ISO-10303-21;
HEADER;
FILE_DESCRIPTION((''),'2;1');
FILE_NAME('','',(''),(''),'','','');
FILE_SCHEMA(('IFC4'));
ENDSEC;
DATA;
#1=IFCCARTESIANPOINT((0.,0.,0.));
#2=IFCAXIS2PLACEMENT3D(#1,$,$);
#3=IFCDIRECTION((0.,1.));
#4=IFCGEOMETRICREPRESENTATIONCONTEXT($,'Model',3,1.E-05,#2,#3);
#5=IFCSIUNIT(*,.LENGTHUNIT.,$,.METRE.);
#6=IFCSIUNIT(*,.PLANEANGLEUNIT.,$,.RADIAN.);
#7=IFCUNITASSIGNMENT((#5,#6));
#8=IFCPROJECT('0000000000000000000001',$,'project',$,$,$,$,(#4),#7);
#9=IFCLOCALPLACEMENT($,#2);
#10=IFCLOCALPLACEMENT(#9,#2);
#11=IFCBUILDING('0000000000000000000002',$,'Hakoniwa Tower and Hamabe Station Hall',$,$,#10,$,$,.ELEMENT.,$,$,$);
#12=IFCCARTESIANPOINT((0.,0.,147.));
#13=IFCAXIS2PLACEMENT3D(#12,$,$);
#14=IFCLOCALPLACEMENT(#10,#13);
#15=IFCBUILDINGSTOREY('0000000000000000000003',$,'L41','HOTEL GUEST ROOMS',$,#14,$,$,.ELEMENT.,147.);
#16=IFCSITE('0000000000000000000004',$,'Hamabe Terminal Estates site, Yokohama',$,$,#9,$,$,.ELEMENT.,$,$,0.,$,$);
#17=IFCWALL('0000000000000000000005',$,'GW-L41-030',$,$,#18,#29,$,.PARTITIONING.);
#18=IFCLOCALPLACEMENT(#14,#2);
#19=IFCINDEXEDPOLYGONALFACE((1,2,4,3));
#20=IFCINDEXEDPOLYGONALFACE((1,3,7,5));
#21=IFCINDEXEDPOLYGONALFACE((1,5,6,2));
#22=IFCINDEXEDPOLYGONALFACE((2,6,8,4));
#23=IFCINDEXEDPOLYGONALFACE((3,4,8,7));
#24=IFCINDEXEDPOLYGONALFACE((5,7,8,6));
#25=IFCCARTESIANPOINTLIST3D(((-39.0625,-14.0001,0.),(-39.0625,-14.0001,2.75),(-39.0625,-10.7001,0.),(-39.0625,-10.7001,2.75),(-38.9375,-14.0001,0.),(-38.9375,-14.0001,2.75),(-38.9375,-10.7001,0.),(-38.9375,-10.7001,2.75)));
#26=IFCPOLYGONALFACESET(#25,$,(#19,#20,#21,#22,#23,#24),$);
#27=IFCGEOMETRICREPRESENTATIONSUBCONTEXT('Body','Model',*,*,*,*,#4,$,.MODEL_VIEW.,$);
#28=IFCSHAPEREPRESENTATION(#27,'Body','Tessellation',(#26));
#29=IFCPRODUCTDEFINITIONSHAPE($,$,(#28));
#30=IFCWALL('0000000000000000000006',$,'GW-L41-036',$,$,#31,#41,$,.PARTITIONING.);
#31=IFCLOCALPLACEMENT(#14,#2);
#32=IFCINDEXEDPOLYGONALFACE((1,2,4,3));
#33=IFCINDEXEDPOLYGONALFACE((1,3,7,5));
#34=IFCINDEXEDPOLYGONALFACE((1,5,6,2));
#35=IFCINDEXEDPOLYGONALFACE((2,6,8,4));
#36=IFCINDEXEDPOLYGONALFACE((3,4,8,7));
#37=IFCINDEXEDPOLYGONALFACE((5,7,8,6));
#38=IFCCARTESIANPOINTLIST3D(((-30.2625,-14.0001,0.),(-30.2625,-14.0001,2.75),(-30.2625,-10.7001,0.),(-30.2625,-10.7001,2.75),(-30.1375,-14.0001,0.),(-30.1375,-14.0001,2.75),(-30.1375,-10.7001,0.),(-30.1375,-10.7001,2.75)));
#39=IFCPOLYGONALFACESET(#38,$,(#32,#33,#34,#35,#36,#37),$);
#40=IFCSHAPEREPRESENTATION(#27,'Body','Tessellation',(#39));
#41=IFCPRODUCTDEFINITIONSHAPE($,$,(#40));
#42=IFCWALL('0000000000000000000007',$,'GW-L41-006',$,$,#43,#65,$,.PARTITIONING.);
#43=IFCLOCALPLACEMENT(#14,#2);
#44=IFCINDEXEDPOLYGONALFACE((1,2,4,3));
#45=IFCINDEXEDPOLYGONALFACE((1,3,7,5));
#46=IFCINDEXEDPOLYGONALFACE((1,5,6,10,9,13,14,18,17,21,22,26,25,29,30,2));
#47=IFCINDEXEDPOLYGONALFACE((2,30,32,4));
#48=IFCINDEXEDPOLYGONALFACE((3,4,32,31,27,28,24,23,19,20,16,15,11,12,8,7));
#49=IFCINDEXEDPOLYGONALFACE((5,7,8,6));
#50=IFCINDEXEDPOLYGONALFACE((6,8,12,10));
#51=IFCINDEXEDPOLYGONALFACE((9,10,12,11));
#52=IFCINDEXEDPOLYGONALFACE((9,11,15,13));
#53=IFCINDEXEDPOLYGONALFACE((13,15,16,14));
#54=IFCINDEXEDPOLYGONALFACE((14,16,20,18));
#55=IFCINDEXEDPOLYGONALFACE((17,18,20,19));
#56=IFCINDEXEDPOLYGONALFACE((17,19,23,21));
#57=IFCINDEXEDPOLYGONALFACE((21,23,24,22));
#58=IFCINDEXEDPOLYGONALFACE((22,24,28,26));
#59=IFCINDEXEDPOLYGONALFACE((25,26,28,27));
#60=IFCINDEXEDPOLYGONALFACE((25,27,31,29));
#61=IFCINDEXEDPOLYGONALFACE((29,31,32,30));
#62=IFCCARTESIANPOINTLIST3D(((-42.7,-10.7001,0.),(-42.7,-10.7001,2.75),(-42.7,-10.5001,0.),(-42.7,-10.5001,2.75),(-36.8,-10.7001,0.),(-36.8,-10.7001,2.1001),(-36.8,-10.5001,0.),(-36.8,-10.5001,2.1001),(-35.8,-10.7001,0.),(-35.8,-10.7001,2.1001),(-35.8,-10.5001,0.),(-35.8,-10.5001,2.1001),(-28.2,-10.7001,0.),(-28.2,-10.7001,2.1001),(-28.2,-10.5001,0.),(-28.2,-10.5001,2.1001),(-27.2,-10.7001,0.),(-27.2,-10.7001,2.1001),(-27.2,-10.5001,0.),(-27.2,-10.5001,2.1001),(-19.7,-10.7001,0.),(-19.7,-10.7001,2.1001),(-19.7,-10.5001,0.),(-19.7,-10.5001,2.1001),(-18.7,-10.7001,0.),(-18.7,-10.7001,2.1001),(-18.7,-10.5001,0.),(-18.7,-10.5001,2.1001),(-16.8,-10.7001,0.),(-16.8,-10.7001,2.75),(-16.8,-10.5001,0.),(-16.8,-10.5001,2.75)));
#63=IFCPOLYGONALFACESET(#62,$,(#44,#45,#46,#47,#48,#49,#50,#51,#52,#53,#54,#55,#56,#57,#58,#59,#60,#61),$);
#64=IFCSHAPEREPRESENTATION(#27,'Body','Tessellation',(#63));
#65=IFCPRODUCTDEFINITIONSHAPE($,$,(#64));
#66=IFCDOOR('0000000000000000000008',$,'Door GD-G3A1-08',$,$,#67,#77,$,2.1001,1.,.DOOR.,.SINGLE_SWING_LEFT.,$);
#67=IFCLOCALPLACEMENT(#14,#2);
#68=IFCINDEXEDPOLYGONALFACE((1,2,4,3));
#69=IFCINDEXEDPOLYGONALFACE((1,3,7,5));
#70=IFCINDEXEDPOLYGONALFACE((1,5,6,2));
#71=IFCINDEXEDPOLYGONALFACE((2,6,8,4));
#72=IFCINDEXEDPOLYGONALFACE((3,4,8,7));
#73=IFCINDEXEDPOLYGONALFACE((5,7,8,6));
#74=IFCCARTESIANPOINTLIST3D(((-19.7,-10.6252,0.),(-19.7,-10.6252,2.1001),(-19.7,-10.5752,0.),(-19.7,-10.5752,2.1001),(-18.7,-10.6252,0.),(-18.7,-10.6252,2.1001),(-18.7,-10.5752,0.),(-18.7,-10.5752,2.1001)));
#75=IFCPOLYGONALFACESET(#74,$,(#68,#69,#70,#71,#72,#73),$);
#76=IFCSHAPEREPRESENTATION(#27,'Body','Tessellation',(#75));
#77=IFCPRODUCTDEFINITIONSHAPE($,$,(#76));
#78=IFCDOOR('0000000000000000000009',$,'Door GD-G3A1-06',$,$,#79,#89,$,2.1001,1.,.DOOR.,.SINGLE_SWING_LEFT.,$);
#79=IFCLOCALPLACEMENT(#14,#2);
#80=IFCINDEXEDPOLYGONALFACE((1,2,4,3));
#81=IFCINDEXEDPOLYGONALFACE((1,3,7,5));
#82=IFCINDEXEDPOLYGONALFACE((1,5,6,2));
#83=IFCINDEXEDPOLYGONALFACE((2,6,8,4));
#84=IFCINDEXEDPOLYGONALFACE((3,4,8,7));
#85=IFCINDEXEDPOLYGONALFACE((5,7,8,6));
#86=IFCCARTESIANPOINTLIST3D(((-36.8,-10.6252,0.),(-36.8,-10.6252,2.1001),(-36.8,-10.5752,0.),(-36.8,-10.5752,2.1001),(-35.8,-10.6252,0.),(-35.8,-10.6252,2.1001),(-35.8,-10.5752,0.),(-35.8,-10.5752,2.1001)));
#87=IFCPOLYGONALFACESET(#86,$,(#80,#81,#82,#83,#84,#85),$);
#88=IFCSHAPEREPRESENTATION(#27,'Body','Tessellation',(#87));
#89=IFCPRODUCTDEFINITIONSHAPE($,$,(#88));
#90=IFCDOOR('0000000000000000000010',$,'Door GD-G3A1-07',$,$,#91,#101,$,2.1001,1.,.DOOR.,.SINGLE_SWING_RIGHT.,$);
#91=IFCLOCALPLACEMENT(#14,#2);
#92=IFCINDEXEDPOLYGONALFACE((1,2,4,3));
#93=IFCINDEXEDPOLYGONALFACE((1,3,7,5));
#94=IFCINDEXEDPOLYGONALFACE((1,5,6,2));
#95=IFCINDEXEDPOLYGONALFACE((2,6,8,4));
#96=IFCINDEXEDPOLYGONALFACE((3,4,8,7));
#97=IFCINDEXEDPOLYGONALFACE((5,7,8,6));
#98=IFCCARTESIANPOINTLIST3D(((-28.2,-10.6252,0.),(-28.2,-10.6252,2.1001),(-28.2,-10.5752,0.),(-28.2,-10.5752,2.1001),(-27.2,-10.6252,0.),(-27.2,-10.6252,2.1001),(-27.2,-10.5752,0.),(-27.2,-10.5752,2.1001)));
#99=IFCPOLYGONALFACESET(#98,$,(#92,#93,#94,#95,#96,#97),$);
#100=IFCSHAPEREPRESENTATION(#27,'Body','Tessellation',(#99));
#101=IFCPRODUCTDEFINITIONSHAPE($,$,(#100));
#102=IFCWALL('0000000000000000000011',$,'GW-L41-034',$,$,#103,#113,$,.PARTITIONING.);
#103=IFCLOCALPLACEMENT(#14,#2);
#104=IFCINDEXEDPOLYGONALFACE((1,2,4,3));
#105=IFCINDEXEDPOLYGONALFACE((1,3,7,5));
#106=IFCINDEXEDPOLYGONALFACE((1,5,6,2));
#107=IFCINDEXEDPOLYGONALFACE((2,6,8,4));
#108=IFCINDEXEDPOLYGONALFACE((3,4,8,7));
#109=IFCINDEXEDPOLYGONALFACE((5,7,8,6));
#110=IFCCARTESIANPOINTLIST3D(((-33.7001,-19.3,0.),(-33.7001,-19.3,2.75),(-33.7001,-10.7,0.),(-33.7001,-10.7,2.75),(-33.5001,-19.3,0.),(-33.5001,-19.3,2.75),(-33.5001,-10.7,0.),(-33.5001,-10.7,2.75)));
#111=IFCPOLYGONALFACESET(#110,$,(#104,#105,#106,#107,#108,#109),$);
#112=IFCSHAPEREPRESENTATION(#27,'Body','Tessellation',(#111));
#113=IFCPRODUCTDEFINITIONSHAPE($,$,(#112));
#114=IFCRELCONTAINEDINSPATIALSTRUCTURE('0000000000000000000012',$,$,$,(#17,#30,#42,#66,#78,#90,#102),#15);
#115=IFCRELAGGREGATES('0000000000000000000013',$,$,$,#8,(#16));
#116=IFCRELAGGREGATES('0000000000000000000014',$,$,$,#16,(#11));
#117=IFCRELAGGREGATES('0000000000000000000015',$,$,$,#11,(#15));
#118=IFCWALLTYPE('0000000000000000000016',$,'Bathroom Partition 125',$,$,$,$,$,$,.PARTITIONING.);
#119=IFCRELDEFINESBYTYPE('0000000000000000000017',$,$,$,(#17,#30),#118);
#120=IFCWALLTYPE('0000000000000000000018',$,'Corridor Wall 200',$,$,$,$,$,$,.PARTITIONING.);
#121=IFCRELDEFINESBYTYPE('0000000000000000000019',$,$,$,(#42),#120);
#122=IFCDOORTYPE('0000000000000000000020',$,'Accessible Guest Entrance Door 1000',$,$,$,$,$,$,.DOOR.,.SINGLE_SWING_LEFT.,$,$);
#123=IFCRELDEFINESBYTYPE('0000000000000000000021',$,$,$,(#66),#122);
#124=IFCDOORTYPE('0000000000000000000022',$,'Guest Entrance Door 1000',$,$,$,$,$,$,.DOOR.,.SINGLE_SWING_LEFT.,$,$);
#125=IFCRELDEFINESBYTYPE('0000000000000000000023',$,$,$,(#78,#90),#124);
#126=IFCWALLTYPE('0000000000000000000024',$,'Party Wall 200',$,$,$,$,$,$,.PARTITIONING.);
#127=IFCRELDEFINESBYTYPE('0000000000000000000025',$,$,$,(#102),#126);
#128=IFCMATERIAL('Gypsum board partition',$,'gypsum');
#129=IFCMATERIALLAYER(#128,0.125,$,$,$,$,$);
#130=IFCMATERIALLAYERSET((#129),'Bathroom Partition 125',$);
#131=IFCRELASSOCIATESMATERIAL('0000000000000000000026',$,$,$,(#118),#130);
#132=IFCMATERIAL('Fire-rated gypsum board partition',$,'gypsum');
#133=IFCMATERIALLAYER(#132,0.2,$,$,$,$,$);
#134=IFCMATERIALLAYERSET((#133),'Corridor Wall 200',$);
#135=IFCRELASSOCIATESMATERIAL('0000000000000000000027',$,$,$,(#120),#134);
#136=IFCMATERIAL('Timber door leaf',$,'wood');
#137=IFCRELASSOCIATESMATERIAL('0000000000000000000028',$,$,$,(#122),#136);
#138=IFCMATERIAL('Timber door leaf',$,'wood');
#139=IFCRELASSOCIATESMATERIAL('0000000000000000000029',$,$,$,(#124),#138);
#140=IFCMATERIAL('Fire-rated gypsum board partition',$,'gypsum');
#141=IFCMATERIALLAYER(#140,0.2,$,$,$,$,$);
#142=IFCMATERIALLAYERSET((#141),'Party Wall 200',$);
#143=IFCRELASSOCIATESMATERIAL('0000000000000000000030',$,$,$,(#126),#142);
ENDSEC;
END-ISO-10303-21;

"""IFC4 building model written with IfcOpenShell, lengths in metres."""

from ifc_helpers import new_model, si_unit, direction, frame, frame_2d, origin, place, context, subcontext, project, spatial, rectangle, extrude, material, layer, layer_set, type_object, element, fill, save


model = new_model("IFC4")

# Units and contexts
model_context = context("Model", 3, precision=1e-05, world=origin(), true_north=direction((0.0, 1.0)))
body_context = subcontext(model_context, "Body", "Model", "MODEL_VIEW")
ifc_project = project(units=[si_unit("LENGTHUNIT", "METRE"), si_unit("PLANEANGLEUNIT", "RADIAN")], contexts=[model_context])

# Site, building, storey
site_placement = place(None, origin())
site = spatial("IfcSite", under=ifc_project, at=site_placement, Name="Hamabe Terminal Estates site, Yokohama", CompositionType="ELEMENT", RefElevation=0.0)
building_placement = place(site_placement, origin())
building = spatial("IfcBuilding", under=site, at=building_placement, Name="Hakoniwa Tower and Hamabe Station Hall", CompositionType="ELEMENT")
storey_placement = place(building_placement, frame((0.0, 0.0, 147.0)))
storey = spatial("IfcBuildingStorey", under=building, at=storey_placement, Name="L41", Description="HOTEL GUEST ROOMS", CompositionType="ELEMENT", Elevation=147.0)

# Shared definitions
ifc_material_1 = material(Name="Gypsum board partition", Category="gypsum")
ifc_layer_1 = layer(ifc_material_1, 0.125)
ifc_layer_set_1 = layer_set([ifc_layer_1], Name="Bathroom Partition 125")
wall_type_1 = type_object("IfcWallType", Name="Bathroom Partition 125", PredefinedType="PARTITIONING", material=ifc_layer_set_1)

# Walls
for number, where, z_axis, x_axis, name in (
    (1, (-39.0, -14.0, 0.0), (0.0, 0.0, 1.0), (0.0, 1.0, 0.0), "GW-L41-030"),
    (2, (-30.2, -14.0, 0.0), (0.0, 0.0, 1.0), (0.0, 1.0, 0.0), "GW-L41-036"),
):
    element("IfcWall", number, at=place(storey_placement, frame(where, z_axis=z_axis, x_axis=x_axis)), inside=storey, type_object=wall_type_1, Name=name, PredefinedType="PARTITIONING", context=body_context, shape_type="SweptSolid", body=[
        extrude(rectangle(XDim=3.3, YDim=0.125, at=frame_2d((1.6499, 0.0))), origin(), (0.0, 0.0, 1.0), 2.75),
    ])

# Wall, openings, doors
ifc_material_2 = material(Name="Fire-rated gypsum board partition", Category="gypsum")
ifc_layer_2 = layer(ifc_material_2, 0.2)
ifc_layer_set_2 = layer_set([ifc_layer_2], Name="Corridor Wall 200")
wall_type_2 = type_object("IfcWallType", Name="Corridor Wall 200", PredefinedType="PARTITIONING", material=ifc_layer_set_2)
wall_1_placement = place(storey_placement, frame((-42.7, -10.6001, 0.0), z_axis=(0.0, 0.0, 1.0), x_axis=(1.0, 0.0, 0.0)))
wall_1 = element("IfcWall", 3, at=wall_1_placement, inside=storey, type_object=wall_type_2, Name="GW-L41-006", PredefinedType="PARTITIONING", context=body_context, shape_type="SweptSolid", body=[
    extrude(rectangle(XDim=25.8999, YDim=0.2, at=frame_2d((12.95, 0.0))), origin(), (0.0, 0.0, 1.0), 2.75),
])
opening_1_placement = place(wall_1_placement, frame((5.8999, 0.0, 0.0)))
opening_1 = element("IfcOpeningElement", 4, at=opening_1_placement, cuts=wall_1, PredefinedType="OPENING", context=body_context, shape_type="SweptSolid", body=[
    extrude(rectangle(XDim=1.0, YDim=2.1001, at=frame_2d((0.5, 1.05))), frame((0.0, 0.1099, 0.0), z_axis=(0.0, -1.0, 0.0), x_axis=(1.0, 0.0, 0.0)), (0.0, 0.0, 1.0), 0.22),
])
opening_2_placement = place(wall_1_placement, frame((14.5, 0.0, 0.0)))
opening_2 = element("IfcOpeningElement", 5, at=opening_2_placement, cuts=wall_1, PredefinedType="OPENING", context=body_context, shape_type="SweptSolid", body=[
    extrude(rectangle(XDim=1.0, YDim=2.1001, at=frame_2d((0.5, 1.05))), frame((0.0, 0.1099, 0.0), z_axis=(0.0, -1.0, 0.0), x_axis=(1.0, 0.0, 0.0)), (0.0, 0.0, 1.0), 0.22),
])
opening_3_placement = place(wall_1_placement, frame((23.0, 0.0, 0.0)))
opening_3 = element("IfcOpeningElement", 6, at=opening_3_placement, cuts=wall_1, PredefinedType="OPENING", context=body_context, shape_type="SweptSolid", body=[
    extrude(rectangle(XDim=1.0, YDim=2.1001, at=frame_2d((0.5, 1.05))), frame((0.0, 0.1099, 0.0), z_axis=(0.0, -1.0, 0.0), x_axis=(1.0, 0.0, 0.0)), (0.0, 0.0, 1.0), 0.22),
])
ifc_material_3 = material(Name="Timber door leaf", Category="wood")
door_type_1 = type_object("IfcDoorType", Name="Accessible Guest Entrance Door 1000", OperationType="SINGLE_SWING_LEFT", PredefinedType="DOOR", material=ifc_material_3)
door_1_placement = place(opening_3_placement, origin())
door_1 = element("IfcDoor", 7, at=door_1_placement, inside=storey, type_object=door_type_1, Name="Door GD-G3A1-08", OperationType="SINGLE_SWING_LEFT", OverallHeight=2.1001, OverallWidth=1.0, PredefinedType="DOOR", context=body_context, shape_type="SweptSolid", body=[
    extrude(rectangle(XDim=1.0, YDim=2.1001, at=frame_2d((0.5, 1.05))), frame((0.0, 0.0249, 0.0), z_axis=(0.0, -1.0, 0.0), x_axis=(1.0, 0.0, 0.0)), (0.0, 0.0, 1.0), 0.05),
])
fill(opening_3, door_1)
ifc_material_4 = material(Name="Timber door leaf", Category="wood")
door_type_2 = type_object("IfcDoorType", Name="Guest Entrance Door 1000", OperationType="SINGLE_SWING_LEFT", PredefinedType="DOOR", material=ifc_material_4)
door_2_placement = place(opening_1_placement, origin())
door_2 = element("IfcDoor", 8, at=door_2_placement, inside=storey, type_object=door_type_2, Name="Door GD-G3A1-06", OperationType="SINGLE_SWING_LEFT", OverallHeight=2.1001, OverallWidth=1.0, PredefinedType="DOOR", context=body_context, shape_type="SweptSolid", body=[
    extrude(rectangle(XDim=1.0, YDim=2.1001, at=frame_2d((0.5, 1.05))), frame((0.0, 0.0249, 0.0), z_axis=(0.0, -1.0, 0.0), x_axis=(1.0, 0.0, 0.0)), (0.0, 0.0, 1.0), 0.05),
])
fill(opening_1, door_2)
door_3_placement = place(opening_2_placement, origin())
door_3 = element("IfcDoor", 9, at=door_3_placement, inside=storey, type_object=door_type_2, Name="Door GD-G3A1-07", OperationType="SINGLE_SWING_RIGHT", OverallHeight=2.1001, OverallWidth=1.0, PredefinedType="DOOR", context=body_context, shape_type="SweptSolid", body=[
    extrude(rectangle(XDim=1.0, YDim=2.1001, at=frame_2d((0.5, 1.05))), frame((0.0, 0.0249, 0.0), z_axis=(0.0, -1.0, 0.0), x_axis=(1.0, 0.0, 0.0)), (0.0, 0.0, 1.0), 0.05),
])
fill(opening_2, door_3)

# Wall
ifc_material_5 = material(Name="Fire-rated gypsum board partition", Category="gypsum")
ifc_layer_3 = layer(ifc_material_5, 0.2)
ifc_layer_set_3 = layer_set([ifc_layer_3], Name="Party Wall 200")
wall_type_3 = type_object("IfcWallType", Name="Party Wall 200", PredefinedType="PARTITIONING", material=ifc_layer_set_3)
wall_2_placement = place(storey_placement, frame((-33.6001, -19.3, 0.0), z_axis=(0.0, 0.0, 1.0), x_axis=(0.0, 1.0, 0.0)))
element("IfcWall", 10, at=wall_2_placement, inside=storey, type_object=wall_type_3, Name="GW-L41-034", PredefinedType="PARTITIONING", context=body_context, shape_type="SweptSolid", body=[
    extrude(rectangle(XDim=8.6001, YDim=0.2, at=frame_2d((4.3, 0.0))), origin(), (0.0, 0.0, 1.0), 2.75),
])

save(model, "model.ifc")
